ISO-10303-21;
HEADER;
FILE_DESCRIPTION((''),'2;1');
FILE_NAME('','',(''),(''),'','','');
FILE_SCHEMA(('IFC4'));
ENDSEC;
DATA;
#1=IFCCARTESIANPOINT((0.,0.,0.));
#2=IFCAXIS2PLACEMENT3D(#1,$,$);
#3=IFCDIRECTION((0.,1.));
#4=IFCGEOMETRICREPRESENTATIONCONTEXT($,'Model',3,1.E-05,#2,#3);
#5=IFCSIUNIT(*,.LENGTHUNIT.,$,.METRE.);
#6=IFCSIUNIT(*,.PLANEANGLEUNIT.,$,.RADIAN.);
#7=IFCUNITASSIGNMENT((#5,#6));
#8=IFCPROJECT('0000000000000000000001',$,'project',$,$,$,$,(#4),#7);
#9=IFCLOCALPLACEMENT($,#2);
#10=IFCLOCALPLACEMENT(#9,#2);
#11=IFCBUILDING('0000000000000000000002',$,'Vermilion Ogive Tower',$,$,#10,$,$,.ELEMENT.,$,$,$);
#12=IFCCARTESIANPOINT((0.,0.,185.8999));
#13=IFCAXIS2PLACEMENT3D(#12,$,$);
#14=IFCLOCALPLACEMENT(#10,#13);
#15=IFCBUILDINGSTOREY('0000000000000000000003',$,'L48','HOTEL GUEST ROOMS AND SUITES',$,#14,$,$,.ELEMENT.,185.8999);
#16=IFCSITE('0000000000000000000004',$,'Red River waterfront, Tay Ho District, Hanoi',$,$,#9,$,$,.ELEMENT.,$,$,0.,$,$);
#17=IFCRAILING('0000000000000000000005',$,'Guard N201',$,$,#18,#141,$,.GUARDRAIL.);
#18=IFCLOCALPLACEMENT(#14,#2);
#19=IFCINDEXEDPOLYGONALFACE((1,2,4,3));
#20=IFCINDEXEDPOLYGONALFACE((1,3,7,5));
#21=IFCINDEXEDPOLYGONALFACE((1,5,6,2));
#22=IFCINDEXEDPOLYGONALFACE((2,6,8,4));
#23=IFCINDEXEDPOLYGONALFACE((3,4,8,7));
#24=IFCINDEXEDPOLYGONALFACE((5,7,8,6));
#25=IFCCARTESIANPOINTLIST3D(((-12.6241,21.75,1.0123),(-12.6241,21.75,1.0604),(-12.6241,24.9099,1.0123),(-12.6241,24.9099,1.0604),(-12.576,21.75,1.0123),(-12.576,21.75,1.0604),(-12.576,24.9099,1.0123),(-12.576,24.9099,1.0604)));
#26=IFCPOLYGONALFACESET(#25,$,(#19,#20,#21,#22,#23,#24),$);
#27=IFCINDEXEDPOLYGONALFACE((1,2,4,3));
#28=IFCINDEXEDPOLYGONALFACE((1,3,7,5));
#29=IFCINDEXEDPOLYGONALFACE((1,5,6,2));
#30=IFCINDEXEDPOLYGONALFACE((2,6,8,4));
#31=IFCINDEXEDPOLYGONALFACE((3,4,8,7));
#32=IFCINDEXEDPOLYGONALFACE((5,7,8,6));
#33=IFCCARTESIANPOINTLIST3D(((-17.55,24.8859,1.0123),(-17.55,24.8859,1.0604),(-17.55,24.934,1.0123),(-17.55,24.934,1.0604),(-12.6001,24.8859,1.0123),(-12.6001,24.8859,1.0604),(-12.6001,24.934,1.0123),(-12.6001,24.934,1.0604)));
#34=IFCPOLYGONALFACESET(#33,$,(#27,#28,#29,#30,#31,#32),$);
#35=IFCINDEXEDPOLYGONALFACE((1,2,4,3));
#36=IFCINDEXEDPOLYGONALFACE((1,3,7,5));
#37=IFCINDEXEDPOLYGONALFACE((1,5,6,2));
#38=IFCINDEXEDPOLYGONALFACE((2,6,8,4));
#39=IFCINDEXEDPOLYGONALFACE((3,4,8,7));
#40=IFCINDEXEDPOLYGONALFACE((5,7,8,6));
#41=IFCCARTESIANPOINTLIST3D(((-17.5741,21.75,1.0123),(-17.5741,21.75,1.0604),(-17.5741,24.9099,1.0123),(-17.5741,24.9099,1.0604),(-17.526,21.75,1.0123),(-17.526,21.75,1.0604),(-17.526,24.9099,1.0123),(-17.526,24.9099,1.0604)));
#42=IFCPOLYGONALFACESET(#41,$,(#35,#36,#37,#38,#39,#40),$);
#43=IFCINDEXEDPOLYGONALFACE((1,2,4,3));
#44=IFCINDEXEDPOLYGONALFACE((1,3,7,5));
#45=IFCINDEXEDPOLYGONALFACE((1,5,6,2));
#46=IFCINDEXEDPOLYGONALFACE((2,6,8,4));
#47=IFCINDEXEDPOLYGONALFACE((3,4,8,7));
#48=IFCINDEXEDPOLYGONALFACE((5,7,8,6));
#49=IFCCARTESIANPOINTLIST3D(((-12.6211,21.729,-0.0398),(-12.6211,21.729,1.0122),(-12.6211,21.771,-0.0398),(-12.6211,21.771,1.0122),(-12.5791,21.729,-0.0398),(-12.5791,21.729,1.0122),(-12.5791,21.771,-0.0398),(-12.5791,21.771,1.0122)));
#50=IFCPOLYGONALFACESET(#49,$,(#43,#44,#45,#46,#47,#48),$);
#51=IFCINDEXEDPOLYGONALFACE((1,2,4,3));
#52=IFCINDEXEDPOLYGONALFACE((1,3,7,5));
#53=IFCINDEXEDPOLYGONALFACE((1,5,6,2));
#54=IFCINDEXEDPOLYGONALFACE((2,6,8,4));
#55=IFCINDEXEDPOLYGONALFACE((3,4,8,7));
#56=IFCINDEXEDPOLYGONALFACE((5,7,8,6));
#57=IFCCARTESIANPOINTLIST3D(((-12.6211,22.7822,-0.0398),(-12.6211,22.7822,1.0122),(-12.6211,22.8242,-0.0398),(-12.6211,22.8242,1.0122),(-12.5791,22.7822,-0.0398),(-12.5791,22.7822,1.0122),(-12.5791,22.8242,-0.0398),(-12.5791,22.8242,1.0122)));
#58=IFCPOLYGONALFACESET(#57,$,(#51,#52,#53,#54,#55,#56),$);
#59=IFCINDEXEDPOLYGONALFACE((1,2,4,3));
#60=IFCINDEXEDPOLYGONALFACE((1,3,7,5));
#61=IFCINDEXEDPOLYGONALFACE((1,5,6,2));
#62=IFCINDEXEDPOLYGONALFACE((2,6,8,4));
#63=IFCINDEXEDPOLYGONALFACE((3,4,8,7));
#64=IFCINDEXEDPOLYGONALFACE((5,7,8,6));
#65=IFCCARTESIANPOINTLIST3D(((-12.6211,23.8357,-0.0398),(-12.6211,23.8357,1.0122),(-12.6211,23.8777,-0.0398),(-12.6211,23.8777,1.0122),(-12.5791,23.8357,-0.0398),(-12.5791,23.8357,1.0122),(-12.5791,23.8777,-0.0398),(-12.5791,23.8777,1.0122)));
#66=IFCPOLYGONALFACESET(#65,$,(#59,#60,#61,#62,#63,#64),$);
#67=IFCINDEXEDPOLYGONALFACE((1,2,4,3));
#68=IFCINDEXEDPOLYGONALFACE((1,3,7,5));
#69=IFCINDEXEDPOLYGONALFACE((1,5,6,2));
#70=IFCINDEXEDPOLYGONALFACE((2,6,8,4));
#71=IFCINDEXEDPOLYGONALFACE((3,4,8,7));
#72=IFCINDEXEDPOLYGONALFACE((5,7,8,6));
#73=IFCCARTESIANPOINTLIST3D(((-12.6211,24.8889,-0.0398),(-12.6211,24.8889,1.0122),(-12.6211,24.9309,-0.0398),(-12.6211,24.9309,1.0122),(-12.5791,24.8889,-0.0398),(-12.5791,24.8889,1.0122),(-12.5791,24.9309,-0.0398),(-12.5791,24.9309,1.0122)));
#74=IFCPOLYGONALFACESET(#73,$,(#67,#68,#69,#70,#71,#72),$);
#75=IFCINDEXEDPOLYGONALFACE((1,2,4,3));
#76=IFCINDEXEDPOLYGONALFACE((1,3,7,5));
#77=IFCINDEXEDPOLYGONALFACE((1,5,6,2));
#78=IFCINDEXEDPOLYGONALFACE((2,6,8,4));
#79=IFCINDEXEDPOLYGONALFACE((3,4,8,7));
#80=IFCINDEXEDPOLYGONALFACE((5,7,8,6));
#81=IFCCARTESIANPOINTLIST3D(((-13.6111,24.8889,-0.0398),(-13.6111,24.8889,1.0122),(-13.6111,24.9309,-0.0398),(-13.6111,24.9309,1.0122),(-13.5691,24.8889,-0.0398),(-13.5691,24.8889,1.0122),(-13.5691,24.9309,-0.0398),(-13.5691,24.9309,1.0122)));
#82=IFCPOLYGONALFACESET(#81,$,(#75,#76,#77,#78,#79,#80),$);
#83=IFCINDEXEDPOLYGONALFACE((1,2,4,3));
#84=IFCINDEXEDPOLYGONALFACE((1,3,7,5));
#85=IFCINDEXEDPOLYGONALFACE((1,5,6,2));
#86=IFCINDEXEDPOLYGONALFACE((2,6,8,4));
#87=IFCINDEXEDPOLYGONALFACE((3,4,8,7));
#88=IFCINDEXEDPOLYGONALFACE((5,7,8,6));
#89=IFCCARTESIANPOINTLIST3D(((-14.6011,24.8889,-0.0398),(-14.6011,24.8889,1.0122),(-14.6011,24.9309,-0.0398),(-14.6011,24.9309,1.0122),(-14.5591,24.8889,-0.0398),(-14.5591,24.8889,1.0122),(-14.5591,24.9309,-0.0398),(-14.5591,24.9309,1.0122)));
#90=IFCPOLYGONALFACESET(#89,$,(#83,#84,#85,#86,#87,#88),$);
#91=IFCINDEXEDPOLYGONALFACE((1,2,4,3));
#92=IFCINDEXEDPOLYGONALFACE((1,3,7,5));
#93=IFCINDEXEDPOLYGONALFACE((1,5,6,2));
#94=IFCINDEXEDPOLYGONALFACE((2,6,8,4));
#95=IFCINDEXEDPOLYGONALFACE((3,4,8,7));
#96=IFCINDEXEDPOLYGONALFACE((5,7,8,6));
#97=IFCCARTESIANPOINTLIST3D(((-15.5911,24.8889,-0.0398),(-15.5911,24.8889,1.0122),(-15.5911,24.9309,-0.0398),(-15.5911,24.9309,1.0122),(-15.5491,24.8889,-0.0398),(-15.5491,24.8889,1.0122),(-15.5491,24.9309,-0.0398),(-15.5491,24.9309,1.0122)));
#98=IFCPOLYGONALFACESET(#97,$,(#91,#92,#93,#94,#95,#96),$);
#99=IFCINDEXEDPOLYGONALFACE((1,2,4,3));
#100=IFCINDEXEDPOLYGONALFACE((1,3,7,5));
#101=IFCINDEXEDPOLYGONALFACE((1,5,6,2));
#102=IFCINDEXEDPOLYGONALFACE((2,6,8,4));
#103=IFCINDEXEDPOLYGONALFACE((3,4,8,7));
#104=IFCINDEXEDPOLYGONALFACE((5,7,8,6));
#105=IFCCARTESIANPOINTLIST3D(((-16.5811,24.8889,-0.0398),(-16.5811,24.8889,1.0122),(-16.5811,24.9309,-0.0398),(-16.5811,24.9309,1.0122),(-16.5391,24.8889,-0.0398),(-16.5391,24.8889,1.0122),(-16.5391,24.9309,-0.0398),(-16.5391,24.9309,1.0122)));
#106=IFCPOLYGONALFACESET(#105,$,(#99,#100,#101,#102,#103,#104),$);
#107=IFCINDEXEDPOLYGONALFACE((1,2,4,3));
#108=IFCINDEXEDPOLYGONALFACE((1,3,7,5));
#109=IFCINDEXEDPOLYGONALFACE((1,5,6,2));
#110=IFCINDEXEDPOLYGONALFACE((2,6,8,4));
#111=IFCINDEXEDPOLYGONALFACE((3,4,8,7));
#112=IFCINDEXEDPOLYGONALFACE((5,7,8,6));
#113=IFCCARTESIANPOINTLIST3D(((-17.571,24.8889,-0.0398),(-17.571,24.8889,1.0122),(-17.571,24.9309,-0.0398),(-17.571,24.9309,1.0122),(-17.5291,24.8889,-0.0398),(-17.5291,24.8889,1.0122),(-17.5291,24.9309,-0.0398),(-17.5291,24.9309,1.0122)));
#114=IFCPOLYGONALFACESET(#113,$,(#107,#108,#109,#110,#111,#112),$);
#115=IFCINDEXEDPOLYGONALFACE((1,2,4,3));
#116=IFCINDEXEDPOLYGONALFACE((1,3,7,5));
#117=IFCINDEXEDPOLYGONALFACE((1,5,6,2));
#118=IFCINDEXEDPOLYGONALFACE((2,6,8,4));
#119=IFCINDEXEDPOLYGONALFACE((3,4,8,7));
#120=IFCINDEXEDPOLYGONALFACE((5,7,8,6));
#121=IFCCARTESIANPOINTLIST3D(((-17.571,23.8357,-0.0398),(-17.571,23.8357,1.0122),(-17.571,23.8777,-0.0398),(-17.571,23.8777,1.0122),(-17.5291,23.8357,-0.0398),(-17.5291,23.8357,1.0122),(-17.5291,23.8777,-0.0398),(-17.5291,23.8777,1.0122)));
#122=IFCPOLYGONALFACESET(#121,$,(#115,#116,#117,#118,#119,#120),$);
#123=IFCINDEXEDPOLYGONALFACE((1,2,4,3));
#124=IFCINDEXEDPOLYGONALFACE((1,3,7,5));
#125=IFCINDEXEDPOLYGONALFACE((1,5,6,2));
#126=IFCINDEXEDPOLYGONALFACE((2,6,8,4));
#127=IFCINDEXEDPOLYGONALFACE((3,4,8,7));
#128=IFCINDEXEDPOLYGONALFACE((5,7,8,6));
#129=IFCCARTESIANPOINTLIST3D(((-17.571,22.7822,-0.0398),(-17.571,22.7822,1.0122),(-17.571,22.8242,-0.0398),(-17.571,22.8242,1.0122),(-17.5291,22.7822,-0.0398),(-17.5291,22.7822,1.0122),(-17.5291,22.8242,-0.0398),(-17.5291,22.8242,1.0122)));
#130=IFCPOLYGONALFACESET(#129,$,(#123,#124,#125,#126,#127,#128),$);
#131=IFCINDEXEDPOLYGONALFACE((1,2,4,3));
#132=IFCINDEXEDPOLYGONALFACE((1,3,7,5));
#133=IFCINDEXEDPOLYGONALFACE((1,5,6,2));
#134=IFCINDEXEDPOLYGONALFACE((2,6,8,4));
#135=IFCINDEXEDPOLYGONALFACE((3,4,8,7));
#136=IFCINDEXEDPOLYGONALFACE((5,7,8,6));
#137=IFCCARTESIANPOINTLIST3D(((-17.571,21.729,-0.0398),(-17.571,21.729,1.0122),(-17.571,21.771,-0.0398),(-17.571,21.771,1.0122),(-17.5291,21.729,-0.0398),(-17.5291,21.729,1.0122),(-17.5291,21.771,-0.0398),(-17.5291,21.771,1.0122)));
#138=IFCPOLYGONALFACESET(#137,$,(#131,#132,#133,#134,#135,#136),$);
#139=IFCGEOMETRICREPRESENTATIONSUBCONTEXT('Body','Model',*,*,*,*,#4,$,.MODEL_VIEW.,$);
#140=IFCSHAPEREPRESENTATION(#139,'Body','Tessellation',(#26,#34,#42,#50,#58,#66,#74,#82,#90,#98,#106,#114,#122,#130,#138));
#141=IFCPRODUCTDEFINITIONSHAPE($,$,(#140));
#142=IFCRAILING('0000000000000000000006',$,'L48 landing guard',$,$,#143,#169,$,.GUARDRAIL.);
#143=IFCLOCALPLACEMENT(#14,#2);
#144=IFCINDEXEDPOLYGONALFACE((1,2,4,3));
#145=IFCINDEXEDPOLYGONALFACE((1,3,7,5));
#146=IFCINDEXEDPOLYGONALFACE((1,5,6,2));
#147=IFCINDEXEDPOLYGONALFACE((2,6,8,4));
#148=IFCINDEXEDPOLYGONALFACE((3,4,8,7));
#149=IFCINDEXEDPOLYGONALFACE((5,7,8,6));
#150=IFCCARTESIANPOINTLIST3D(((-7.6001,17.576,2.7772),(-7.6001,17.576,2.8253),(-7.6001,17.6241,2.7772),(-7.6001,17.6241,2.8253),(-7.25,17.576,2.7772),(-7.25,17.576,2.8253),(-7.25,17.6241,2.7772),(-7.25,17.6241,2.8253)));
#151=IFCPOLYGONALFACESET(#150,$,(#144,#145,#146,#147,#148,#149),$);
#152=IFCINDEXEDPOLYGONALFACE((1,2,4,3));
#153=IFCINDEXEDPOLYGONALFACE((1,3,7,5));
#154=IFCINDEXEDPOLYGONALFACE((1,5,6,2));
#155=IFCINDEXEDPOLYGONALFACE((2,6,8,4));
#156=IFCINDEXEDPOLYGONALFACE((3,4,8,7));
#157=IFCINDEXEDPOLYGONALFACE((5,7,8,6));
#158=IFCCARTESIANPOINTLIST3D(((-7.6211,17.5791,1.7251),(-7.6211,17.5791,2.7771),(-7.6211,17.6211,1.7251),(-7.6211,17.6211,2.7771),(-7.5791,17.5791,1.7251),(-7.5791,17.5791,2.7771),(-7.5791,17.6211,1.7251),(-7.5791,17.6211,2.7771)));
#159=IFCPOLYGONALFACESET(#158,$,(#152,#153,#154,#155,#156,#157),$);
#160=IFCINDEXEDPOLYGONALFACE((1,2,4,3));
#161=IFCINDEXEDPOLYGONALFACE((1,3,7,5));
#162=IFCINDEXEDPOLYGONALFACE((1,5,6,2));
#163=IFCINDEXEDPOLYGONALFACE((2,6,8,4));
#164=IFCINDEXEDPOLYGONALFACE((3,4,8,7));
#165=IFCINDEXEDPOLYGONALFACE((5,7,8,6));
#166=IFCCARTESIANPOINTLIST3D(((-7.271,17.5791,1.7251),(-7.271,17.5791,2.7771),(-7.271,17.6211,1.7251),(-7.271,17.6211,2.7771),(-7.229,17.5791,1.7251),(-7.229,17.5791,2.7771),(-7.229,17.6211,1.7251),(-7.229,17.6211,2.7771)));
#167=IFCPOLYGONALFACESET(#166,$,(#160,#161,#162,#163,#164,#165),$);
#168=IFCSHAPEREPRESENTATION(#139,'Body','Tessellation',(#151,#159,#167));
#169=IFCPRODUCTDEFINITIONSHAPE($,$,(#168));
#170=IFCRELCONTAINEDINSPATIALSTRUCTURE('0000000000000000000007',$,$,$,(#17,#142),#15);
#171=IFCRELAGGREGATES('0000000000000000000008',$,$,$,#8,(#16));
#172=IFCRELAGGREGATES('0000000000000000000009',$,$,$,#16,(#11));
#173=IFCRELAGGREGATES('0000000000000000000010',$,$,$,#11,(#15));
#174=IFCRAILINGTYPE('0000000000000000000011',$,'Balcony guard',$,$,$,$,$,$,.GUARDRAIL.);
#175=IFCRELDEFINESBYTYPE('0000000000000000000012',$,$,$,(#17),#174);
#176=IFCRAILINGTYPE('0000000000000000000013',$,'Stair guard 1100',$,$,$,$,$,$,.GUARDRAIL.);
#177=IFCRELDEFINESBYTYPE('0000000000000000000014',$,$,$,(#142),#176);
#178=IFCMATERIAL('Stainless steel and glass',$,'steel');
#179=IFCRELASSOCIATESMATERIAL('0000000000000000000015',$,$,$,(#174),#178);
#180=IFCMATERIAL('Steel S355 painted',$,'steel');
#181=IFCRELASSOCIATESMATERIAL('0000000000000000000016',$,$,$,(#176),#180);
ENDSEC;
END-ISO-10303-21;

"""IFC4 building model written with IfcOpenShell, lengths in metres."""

from ifc_helpers import new_model, si_unit, direction, frame, origin, origin_2d, place, context, subcontext, project, spatial, rectangle, extrude, material, type_object, element, save


model = new_model("IFC4")

# Units and contexts
model_context = context("Model", 3, precision=1e-05, world=origin(), true_north=direction((0.0, 1.0)))
body_context = subcontext(model_context, "Body", "Model", "MODEL_VIEW")
ifc_project = project(units=[si_unit("LENGTHUNIT", "METRE"), si_unit("PLANEANGLEUNIT", "RADIAN")], contexts=[model_context])

# Site, building, storey
site_placement = place(None, origin())
site = spatial("IfcSite", under=ifc_project, at=site_placement, Name="Red River waterfront, Tay Ho District, Hanoi", CompositionType="ELEMENT", RefElevation=0.0)
building_placement = place(site_placement, origin())
building = spatial("IfcBuilding", under=site, at=building_placement, Name="Vermilion Ogive Tower", CompositionType="ELEMENT")
storey_placement = place(building_placement, frame((0.0, 0.0, 185.8999)))
storey = spatial("IfcBuildingStorey", under=building, at=storey_placement, Name="L48", Description="HOTEL GUEST ROOMS AND SUITES", CompositionType="ELEMENT", Elevation=185.8999)

# Railings
ifc_material_1 = material(Name="Stainless steel and glass", Category="steel")
railing_type_1 = type_object("IfcRailingType", Name="Balcony guard", PredefinedType="GUARDRAIL", material=ifc_material_1)
railing_1_placement = place(storey_placement, frame((-12.6001, 21.75, -0.0398)))
element("IfcRailing", 1, at=railing_1_placement, inside=storey, type_object=railing_type_1, Name="Guard N201", PredefinedType="GUARDRAIL", context=body_context, shape_type="SweptSolid", body=[
    extrude(rectangle(XDim=0.0481, YDim=0.0481, at=origin_2d()), frame((0.0, 0.0, 1.0762), z_axis=(0.0, 1.0, 0.0), x_axis=(-1.0, 0.0, 0.0)), (0.0, 0.0, 1.0), 3.1599),
    extrude(rectangle(XDim=0.0481, YDim=0.0481, at=origin_2d()), frame((0.0, 3.1599, 1.0762), z_axis=(-1.0, 0.0, 0.0), x_axis=(0.0, -1.0, 0.0)), (0.0, 0.0, 1.0), 4.95),
    extrude(rectangle(XDim=0.0481, YDim=0.0481, at=origin_2d()), frame((-4.95, 3.1599, 1.0762), z_axis=(0.0, -1.0, 0.0), x_axis=(1.0, 0.0, 0.0)), (0.0, 0.0, 1.0), 3.1599),
    extrude(rectangle(XDim=0.042, YDim=0.042, at=origin_2d()), origin(), (0.0, 0.0, 1.0), 1.052),
    extrude(rectangle(XDim=0.042, YDim=0.042, at=origin_2d()), frame((0.0, 1.0532, 0.0)), (0.0, 0.0, 1.0), 1.052),
    extrude(rectangle(XDim=0.042, YDim=0.042, at=origin_2d()), frame((0.0, 2.1067, 0.0)), (0.0, 0.0, 1.0), 1.052),
    extrude(rectangle(XDim=0.042, YDim=0.042, at=origin_2d()), frame((0.0, 3.1599, 0.0)), (0.0, 0.0, 1.0), 1.052),
    extrude(rectangle(XDim=0.042, YDim=0.042, at=origin_2d()), frame((-0.99, 3.1599, 0.0)), (0.0, 0.0, 1.0), 1.052),
    extrude(rectangle(XDim=0.042, YDim=0.042, at=origin_2d()), frame((-1.98, 3.1599, 0.0)), (0.0, 0.0, 1.0), 1.052),
    extrude(rectangle(XDim=0.042, YDim=0.042, at=origin_2d()), frame((-2.97, 3.1599, 0.0)), (0.0, 0.0, 1.0), 1.052),
    extrude(rectangle(XDim=0.042, YDim=0.042, at=origin_2d()), frame((-3.96, 3.1599, 0.0)), (0.0, 0.0, 1.0), 1.052),
    extrude(rectangle(XDim=0.042, YDim=0.042, at=origin_2d()), frame((-4.95, 3.1599, 0.0)), (0.0, 0.0, 1.0), 1.052),
    extrude(rectangle(XDim=0.042, YDim=0.042, at=origin_2d()), frame((-4.95, 2.1067, 0.0)), (0.0, 0.0, 1.0), 1.052),
    extrude(rectangle(XDim=0.042, YDim=0.042, at=origin_2d()), frame((-4.95, 1.0532, 0.0)), (0.0, 0.0, 1.0), 1.052),
    extrude(rectangle(XDim=0.042, YDim=0.042, at=origin_2d()), frame((-4.95, 0.0, 0.0)), (0.0, 0.0, 1.0), 1.052),
])
ifc_material_2 = material(Name="Steel S355 painted", Category="steel")
railing_type_2 = type_object("IfcRailingType", Name="Stair guard 1100", PredefinedType="GUARDRAIL", material=ifc_material_2)
railing_2_placement = place(storey_placement, frame((-7.6001, 17.6001, 1.7251)))
element("IfcRailing", 2, at=railing_2_placement, inside=storey, type_object=railing_type_2, Name="L48 landing guard", PredefinedType="GUARDRAIL", context=body_context, shape_type="SweptSolid", body=[
    extrude(rectangle(XDim=0.0481, YDim=0.0481, at=origin_2d()), frame((0.0, 0.0, 1.0762), z_axis=(1.0, 0.0, 0.0), x_axis=(0.0, 1.0, 0.0)), (0.0, 0.0, 1.0), 0.3501),
    extrude(rectangle(XDim=0.042, YDim=0.042, at=origin_2d()), origin(), (0.0, 0.0, 1.0), 1.052),
    extrude(rectangle(XDim=0.042, YDim=0.042, at=origin_2d()), frame((0.3501, 0.0, 0.0)), (0.0, 0.0, 1.0), 1.052),
])

save(model, "model.ifc")
